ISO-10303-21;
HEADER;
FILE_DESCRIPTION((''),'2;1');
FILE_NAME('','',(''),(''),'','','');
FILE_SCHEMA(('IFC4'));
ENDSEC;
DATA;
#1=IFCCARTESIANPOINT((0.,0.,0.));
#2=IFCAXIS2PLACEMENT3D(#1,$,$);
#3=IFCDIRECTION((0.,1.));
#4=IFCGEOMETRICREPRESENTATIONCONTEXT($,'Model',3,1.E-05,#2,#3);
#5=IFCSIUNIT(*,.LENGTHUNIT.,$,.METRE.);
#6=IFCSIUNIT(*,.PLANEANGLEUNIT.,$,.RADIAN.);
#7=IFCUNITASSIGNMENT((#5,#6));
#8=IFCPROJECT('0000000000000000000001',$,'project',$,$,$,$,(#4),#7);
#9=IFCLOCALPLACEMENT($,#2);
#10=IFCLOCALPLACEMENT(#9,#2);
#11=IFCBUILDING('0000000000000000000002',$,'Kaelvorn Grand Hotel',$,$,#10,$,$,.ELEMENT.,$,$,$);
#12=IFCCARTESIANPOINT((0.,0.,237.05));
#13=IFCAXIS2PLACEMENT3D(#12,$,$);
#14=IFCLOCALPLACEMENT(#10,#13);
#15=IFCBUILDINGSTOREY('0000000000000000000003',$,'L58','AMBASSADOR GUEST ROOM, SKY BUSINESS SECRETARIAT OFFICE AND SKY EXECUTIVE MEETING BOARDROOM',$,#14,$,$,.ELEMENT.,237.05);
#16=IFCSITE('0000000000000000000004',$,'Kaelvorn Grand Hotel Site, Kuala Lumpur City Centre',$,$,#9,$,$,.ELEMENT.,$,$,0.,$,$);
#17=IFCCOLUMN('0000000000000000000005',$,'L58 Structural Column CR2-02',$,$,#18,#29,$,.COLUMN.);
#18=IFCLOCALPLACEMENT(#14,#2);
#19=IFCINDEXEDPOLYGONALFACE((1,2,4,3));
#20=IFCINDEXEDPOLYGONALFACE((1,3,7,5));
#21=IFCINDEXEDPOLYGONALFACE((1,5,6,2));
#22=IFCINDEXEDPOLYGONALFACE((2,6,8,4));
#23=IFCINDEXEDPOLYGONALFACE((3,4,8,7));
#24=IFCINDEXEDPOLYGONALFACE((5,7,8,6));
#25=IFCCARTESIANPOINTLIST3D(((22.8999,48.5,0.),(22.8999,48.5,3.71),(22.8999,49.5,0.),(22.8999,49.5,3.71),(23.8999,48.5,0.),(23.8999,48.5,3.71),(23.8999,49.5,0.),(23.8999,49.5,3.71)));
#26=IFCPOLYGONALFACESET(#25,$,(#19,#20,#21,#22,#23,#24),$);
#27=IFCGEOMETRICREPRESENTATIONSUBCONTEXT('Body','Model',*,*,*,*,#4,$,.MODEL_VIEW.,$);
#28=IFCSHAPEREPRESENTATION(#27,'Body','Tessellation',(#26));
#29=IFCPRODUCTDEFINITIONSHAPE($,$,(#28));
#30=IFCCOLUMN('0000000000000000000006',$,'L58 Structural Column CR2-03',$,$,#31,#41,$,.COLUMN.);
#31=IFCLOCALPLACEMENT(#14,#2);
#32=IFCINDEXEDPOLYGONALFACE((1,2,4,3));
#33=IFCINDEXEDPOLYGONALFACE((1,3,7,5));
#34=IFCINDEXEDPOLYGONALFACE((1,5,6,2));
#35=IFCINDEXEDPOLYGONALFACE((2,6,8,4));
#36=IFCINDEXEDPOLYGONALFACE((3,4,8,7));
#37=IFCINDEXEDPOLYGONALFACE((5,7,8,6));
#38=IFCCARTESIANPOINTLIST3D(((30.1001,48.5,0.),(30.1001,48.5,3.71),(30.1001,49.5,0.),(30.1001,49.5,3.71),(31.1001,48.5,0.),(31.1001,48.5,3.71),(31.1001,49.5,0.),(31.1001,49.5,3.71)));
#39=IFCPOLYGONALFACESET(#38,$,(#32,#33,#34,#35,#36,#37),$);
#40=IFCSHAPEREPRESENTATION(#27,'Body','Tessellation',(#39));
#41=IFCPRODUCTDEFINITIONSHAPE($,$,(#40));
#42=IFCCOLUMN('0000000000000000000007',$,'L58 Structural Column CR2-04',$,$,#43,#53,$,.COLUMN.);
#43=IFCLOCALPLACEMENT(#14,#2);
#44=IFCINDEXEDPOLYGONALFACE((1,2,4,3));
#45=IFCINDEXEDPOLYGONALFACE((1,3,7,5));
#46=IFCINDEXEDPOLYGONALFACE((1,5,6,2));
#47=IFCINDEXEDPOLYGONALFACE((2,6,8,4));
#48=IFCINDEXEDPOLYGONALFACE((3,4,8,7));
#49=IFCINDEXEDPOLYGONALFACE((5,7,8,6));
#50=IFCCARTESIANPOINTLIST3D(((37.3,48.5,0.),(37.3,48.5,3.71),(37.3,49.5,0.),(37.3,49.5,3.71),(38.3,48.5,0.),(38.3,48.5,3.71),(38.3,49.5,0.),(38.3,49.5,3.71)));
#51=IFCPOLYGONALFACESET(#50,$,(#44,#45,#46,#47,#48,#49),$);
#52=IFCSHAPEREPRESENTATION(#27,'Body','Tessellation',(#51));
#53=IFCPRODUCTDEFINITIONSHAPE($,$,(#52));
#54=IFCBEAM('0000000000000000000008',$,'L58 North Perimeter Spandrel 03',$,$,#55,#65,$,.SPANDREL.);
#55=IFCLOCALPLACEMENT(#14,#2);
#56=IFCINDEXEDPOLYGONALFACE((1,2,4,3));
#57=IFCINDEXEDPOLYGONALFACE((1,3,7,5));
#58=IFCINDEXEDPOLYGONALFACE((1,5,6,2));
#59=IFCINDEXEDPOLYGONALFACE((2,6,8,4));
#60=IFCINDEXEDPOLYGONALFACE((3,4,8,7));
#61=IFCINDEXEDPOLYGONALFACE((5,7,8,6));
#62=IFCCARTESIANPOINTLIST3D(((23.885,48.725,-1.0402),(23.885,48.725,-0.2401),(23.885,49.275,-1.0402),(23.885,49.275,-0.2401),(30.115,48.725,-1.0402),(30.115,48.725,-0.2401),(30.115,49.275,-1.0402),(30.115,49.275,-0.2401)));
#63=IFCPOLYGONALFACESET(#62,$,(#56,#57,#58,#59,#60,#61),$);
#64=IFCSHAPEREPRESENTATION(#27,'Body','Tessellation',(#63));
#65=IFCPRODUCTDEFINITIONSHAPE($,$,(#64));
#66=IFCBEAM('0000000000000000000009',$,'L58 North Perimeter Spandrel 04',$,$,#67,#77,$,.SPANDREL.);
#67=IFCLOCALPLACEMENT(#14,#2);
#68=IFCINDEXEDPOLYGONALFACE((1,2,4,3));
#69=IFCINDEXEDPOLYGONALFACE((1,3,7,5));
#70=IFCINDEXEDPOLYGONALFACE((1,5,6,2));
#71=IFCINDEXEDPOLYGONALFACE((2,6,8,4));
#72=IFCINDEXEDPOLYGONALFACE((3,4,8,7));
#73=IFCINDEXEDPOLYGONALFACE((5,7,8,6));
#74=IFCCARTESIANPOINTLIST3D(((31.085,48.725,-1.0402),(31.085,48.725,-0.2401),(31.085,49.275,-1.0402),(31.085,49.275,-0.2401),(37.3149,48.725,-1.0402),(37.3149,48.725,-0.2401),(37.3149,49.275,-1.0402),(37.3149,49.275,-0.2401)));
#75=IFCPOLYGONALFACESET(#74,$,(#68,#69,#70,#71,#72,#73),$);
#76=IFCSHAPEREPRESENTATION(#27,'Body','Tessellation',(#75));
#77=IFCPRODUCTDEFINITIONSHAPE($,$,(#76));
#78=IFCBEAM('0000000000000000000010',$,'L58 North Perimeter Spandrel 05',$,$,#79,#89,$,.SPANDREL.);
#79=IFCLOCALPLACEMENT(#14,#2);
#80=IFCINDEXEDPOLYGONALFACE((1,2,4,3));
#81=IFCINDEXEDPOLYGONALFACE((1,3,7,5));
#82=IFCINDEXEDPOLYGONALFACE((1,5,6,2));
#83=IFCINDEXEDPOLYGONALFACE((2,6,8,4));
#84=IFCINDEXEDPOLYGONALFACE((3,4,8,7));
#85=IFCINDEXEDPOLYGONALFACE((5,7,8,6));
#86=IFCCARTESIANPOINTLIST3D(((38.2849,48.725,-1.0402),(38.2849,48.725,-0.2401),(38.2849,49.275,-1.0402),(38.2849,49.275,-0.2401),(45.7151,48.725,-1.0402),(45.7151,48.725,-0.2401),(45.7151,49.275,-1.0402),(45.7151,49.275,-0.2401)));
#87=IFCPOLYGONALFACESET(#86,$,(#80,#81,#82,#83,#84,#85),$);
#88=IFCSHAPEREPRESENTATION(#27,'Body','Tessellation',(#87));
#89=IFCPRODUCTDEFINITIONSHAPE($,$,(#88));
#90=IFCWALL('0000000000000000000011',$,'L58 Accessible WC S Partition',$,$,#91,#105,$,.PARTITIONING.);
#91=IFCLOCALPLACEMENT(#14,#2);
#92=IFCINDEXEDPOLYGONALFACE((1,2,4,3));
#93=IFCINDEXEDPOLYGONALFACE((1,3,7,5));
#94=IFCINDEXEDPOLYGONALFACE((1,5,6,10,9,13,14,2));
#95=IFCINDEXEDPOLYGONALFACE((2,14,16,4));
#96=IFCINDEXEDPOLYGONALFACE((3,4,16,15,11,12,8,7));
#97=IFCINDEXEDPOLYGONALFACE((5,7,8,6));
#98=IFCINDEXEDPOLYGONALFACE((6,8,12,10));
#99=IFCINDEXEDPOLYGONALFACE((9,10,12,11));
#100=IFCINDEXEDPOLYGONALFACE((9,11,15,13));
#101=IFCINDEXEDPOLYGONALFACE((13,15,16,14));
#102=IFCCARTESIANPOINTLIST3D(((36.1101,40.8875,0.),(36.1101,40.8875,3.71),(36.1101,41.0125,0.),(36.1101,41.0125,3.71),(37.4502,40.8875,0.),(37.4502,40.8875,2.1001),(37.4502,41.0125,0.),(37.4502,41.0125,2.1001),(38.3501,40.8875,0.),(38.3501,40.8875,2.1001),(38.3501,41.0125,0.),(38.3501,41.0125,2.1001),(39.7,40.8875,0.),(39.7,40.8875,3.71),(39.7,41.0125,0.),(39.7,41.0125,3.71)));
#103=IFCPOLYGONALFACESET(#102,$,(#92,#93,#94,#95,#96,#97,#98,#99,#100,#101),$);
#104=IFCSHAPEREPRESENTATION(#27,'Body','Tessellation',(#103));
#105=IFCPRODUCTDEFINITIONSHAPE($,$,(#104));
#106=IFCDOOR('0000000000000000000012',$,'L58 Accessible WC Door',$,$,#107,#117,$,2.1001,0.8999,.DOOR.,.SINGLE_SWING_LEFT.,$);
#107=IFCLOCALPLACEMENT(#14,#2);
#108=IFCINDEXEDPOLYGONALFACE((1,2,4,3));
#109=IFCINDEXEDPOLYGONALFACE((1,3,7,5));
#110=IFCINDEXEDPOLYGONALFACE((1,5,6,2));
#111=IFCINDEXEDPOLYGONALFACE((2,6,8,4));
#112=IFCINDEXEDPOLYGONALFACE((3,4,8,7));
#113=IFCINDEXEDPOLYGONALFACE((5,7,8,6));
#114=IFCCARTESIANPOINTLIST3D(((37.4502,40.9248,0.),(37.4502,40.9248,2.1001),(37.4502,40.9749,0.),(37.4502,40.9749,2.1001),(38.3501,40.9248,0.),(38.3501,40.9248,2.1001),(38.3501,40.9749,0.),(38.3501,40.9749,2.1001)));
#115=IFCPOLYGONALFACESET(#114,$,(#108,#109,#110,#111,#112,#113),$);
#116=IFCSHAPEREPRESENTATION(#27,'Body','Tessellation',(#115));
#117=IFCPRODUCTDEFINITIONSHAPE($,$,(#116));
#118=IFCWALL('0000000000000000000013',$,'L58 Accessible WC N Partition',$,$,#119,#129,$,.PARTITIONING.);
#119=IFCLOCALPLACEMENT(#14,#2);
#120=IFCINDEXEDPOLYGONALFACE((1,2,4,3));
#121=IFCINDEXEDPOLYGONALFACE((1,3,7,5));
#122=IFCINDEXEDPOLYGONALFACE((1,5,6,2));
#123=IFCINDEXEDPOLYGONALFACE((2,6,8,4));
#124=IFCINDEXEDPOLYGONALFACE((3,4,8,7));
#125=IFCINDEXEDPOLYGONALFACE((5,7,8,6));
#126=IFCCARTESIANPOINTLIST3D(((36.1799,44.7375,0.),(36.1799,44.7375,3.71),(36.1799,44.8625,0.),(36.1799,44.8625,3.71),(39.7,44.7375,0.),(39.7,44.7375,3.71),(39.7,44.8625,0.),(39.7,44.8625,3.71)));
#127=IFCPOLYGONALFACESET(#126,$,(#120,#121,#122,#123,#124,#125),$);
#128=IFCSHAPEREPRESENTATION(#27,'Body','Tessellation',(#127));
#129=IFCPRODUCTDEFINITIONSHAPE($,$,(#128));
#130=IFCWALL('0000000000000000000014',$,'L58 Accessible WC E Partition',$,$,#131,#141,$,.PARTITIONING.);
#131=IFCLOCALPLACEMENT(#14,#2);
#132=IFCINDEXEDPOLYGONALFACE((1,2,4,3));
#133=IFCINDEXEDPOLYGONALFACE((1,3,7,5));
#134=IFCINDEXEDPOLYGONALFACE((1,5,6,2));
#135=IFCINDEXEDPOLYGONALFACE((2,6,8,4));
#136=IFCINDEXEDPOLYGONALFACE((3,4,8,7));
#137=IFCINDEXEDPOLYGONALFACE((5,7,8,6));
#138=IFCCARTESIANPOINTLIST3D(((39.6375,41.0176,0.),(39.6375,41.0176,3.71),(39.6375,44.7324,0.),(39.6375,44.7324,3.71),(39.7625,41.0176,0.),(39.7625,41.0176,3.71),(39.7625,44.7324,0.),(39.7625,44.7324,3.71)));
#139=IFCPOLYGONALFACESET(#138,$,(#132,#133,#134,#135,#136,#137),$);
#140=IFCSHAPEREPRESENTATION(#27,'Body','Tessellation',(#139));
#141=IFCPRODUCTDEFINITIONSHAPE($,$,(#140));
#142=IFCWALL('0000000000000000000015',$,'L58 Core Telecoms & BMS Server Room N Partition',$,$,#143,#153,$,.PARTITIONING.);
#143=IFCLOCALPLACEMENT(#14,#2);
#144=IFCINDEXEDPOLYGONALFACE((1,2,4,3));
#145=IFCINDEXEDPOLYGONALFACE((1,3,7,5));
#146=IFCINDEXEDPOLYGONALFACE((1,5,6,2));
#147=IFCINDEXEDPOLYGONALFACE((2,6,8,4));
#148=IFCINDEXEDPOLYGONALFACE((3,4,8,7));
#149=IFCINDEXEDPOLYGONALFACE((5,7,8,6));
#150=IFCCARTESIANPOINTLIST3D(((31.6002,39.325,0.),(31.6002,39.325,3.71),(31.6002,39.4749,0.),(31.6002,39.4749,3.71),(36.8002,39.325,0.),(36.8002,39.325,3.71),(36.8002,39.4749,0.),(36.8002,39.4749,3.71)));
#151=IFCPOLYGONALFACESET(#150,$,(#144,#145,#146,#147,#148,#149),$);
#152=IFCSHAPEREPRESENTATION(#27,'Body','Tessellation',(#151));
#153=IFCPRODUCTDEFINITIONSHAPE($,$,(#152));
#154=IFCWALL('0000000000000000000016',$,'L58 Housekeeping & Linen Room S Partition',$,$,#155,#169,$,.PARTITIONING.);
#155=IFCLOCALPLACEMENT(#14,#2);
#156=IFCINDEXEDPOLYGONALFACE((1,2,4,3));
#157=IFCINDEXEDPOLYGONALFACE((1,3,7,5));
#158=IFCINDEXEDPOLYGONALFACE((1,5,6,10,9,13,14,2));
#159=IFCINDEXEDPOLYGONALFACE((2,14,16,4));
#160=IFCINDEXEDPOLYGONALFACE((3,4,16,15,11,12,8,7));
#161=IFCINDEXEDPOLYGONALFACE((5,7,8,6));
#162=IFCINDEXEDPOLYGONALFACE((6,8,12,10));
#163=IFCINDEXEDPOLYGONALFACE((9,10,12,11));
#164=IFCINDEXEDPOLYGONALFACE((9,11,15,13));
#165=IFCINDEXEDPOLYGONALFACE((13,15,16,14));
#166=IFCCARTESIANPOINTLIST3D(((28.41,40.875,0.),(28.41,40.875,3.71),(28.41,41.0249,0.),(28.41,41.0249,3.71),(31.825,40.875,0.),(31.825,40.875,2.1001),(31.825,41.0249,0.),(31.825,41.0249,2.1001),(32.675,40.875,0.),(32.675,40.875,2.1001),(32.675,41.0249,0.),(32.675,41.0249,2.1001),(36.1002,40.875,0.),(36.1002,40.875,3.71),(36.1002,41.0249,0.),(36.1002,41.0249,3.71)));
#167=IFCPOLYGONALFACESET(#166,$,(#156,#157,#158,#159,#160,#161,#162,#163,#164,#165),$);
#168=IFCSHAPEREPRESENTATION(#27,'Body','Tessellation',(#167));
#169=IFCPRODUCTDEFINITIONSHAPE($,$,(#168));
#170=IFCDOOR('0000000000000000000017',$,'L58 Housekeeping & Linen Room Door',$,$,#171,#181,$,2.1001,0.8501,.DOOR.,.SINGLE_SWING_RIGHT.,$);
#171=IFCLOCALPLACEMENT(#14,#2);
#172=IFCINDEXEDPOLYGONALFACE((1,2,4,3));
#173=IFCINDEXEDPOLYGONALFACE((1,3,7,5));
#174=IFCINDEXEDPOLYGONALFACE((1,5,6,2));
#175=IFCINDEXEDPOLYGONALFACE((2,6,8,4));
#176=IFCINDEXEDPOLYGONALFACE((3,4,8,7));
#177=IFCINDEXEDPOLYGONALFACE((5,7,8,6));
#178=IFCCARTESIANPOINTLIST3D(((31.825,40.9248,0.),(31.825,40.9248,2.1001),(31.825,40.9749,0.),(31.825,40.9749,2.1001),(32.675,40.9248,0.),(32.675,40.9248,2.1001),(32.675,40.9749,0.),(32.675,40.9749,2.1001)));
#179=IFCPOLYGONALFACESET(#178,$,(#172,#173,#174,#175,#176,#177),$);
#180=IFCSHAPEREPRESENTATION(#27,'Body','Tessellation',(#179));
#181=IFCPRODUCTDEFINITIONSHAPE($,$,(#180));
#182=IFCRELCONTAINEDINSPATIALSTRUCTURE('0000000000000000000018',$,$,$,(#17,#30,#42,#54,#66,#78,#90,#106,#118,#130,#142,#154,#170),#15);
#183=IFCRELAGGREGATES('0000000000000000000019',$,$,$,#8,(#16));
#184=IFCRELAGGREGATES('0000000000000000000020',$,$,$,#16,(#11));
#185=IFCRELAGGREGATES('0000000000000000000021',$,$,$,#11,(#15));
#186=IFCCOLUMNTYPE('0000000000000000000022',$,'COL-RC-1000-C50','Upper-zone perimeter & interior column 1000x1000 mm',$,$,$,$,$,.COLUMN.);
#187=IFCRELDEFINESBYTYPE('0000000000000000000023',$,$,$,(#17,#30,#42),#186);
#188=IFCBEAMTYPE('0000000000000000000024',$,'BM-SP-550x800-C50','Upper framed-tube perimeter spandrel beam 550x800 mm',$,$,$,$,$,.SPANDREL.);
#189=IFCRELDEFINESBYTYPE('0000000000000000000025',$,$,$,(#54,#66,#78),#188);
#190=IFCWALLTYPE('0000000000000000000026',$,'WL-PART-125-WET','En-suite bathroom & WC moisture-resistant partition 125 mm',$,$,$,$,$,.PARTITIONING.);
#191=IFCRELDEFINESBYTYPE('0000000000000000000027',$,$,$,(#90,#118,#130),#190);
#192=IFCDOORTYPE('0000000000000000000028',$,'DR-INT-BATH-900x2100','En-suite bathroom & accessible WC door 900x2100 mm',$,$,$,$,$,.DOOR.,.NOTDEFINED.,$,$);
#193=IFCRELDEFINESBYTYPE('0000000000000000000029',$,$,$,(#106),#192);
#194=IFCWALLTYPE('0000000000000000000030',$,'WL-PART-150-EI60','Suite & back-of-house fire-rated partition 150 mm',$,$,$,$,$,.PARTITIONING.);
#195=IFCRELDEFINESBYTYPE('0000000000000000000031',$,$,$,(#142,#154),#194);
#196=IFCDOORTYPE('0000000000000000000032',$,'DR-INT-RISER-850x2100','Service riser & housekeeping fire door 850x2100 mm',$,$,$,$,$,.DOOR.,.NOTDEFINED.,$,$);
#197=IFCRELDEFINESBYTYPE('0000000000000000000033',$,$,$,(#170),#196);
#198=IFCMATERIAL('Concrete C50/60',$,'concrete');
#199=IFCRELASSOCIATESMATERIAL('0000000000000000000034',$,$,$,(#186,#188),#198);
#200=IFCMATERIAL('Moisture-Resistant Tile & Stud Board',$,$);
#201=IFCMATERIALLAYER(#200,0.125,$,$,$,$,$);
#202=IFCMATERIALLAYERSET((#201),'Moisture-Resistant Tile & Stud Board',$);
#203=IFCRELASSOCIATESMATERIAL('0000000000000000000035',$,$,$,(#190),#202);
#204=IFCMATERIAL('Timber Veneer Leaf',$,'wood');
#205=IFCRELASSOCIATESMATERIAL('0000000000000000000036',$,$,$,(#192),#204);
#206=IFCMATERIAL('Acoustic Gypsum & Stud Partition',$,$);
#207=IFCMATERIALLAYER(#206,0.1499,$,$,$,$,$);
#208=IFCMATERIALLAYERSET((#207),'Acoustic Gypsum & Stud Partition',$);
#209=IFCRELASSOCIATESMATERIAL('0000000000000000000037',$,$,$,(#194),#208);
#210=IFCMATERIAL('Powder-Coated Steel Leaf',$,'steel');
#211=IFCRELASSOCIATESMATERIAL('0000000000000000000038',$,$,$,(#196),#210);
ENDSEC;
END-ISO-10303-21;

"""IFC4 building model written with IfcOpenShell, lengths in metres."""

from ifc_helpers import new_model, si_unit, direction, frame, frame_2d, origin, origin_2d, place, context, subcontext, project, spatial, rectangle, extrude, material, layer, layer_set, material_profile, profile_set, type_object, element, fill, save


model = new_model("IFC4")

# Units and contexts
model_context = context("Model", 3, precision=1e-05, world=origin(), true_north=direction((0.0, 1.0)))
body_context = subcontext(model_context, "Body", "Model", "MODEL_VIEW")
ifc_project = project(units=[si_unit("LENGTHUNIT", "METRE"), si_unit("PLANEANGLEUNIT", "RADIAN")], contexts=[model_context])

# Site, building, storey
site_placement = place(None, origin())
site = spatial("IfcSite", under=ifc_project, at=site_placement, Name="Kaelvorn Grand Hotel Site, Kuala Lumpur City Centre", CompositionType="ELEMENT", RefElevation=0.0)
building_placement = place(site_placement, origin())
building = spatial("IfcBuilding", under=site, at=building_placement, Name="Kaelvorn Grand Hotel", CompositionType="ELEMENT")
storey_placement = place(building_placement, frame((0.0, 0.0, 237.05)))
storey = spatial("IfcBuildingStorey", under=building, at=storey_placement, Name="L58", Description="AMBASSADOR GUEST ROOM, SKY BUSINESS SECRETARIAT OFFICE AND SKY EXECUTIVE MEETING BOARDROOM", CompositionType="ELEMENT", Elevation=237.05)

# Columns
ifc_material_1 = material(Name="Concrete C50/60", Category="concrete")
ifc_material_profile_1 = material_profile(ifc_material_1, rectangle(XDim=1.0, YDim=1.0, at=origin_2d()), Name="RC COL 1000x1000")
ifc_profile_set_1 = profile_set([ifc_material_profile_1], Name="Concrete C50/60")
column_type = type_object("IfcColumnType", Name="COL-RC-1000-C50", Description="Upper-zone perimeter & interior column 1000x1000 mm", PredefinedType="COLUMN", material=ifc_profile_set_1)
for number, where, z_axis, x_axis, name in (
    (1, (23.3999, 49.0, 0.0), (0.0, 0.0, 1.0), (1.0, 0.0, 0.0), "L58 Structural Column CR2-02"),
    (2, (30.6001, 49.0, 0.0), (0.0, 0.0, 1.0), (1.0, 0.0, 0.0), "L58 Structural Column CR2-03"),
    (3, (37.8, 49.0, 0.0), (0.0, 0.0, 1.0), (1.0, 0.0, 0.0), "L58 Structural Column CR2-04"),
):
    element("IfcColumn", number, at=place(storey_placement, frame(where, z_axis=z_axis, x_axis=x_axis)), inside=storey, type_object=column_type, Name=name, PredefinedType="COLUMN", context=body_context, shape_type="SweptSolid", body=[
        extrude(rectangle(XDim=1.0, YDim=1.0, at=origin_2d()), origin(), (0.0, 0.0, 1.0), 3.71),
    ])

# Beams
ifc_material_profile_2 = material_profile(ifc_material_1, rectangle(XDim=0.55, YDim=0.8, at=origin_2d()), Name="RC SPANDREL 550x800")
ifc_profile_set_2 = profile_set([ifc_material_profile_2], Name="Concrete C50/60")
beam_type = type_object("IfcBeamType", Name="BM-SP-550x800-C50", Description="Upper framed-tube perimeter spandrel beam 550x800 mm", PredefinedType="SPANDREL", material=ifc_profile_set_2)
for number, where, z_axis, x_axis, name in (
    (4, (23.885, 49.0, -0.6401), (1.0, 0.0, 0.0), (0.0, 1.0, 0.0), "L58 North Perimeter Spandrel 03"),
    (5, (31.085, 49.0, -0.6401), (1.0, 0.0, 0.0), (0.0, 1.0, 0.0), "L58 North Perimeter Spandrel 04"),
):
    element("IfcBeam", number, at=place(storey_placement, frame(where, z_axis=z_axis, x_axis=x_axis)), inside=storey, type_object=beam_type, Name=name, PredefinedType="SPANDREL", context=body_context, shape_type="SweptSolid", body=[
        extrude(rectangle(XDim=0.55, YDim=0.8, at=origin_2d()), origin(), (0.0, 0.0, 1.0), 6.23),
    ])
beam_placement = place(storey_placement, frame((38.2849, 49.0, -0.6401), z_axis=(1.0, 0.0, 0.0), x_axis=(0.0, 1.0, 0.0)))
element("IfcBeam", 6, at=beam_placement, inside=storey, type_object=beam_type, Name="L58 North Perimeter Spandrel 05", PredefinedType="SPANDREL", context=body_context, shape_type="SweptSolid", body=[
    extrude(rectangle(XDim=0.55, YDim=0.8, at=origin_2d()), origin(), (0.0, 0.0, 1.0), 7.4302),
])

# Wall, opening, door
ifc_material_2 = material(Name="Moisture-Resistant Tile & Stud Board")
ifc_layer_1 = layer(ifc_material_2, 0.125)
ifc_layer_set_1 = layer_set([ifc_layer_1], Name="Moisture-Resistant Tile & Stud Board")
wall_type_1 = type_object("IfcWallType", Name="WL-PART-125-WET", Description="En-suite bathroom & WC moisture-resistant partition 125 mm", PredefinedType="PARTITIONING", material=ifc_layer_set_1)
wall_1_placement = place(storey_placement, frame((36.1101, 40.95, 0.0), z_axis=(0.0, 0.0, 1.0), x_axis=(1.0, 0.0, 0.0)))
wall_1 = element("IfcWall", 7, at=wall_1_placement, inside=storey, type_object=wall_type_1, Name="L58 Accessible WC S Partition", PredefinedType="PARTITIONING", context=body_context, shape_type="SweptSolid", body=[
    extrude(rectangle(XDim=3.5898, YDim=0.125, at=frame_2d((1.7949, 0.0))), origin(), (0.0, 0.0, 1.0), 3.71),
])
opening_1_placement = place(wall_1_placement, frame((1.3401, 0.0, 0.0)))
opening_1 = element("IfcOpeningElement", 8, at=opening_1_placement, cuts=wall_1, PredefinedType="OPENING", context=body_context, shape_type="SweptSolid", body=[
    extrude(rectangle(XDim=0.8999, YDim=2.1001, at=frame_2d((0.45, 1.05))), frame((0.0, 0.0725, 0.0), z_axis=(0.0, -1.0, 0.0), x_axis=(1.0, 0.0, 0.0)), (0.0, 0.0, 1.0), 0.145),
])
ifc_material_3 = material(Name="Timber Veneer Leaf", Category="wood")
door_type_1 = type_object("IfcDoorType", Name="DR-INT-BATH-900x2100", Description="En-suite bathroom & accessible WC door 900x2100 mm", OperationType="NOTDEFINED", PredefinedType="DOOR", material=ifc_material_3)
door_1_placement = place(opening_1_placement, origin())
door_1 = element("IfcDoor", 9, at=door_1_placement, inside=storey, type_object=door_type_1, Name="L58 Accessible WC Door", OperationType="SINGLE_SWING_LEFT", OverallHeight=2.1001, OverallWidth=0.8999, PredefinedType="DOOR", context=body_context, shape_type="SweptSolid", body=[
    extrude(rectangle(XDim=0.8999, YDim=2.1001, at=frame_2d((0.45, 1.05))), frame((0.0, 0.0249, 0.0), z_axis=(0.0, -1.0, 0.0), x_axis=(1.0, 0.0, 0.0)), (0.0, 0.0, 1.0), 0.05),
])
fill(opening_1, door_1)

# Walls
wall_2_placement = place(storey_placement, frame((36.1799, 44.8, 0.0), z_axis=(0.0, 0.0, 1.0), x_axis=(1.0, 0.0, 0.0)))
element("IfcWall", 10, at=wall_2_placement, inside=storey, type_object=wall_type_1, Name="L58 Accessible WC N Partition", PredefinedType="PARTITIONING", context=body_context, shape_type="SweptSolid", body=[
    extrude(rectangle(XDim=3.52, YDim=0.125, at=frame_2d((1.76, 0.0))), origin(), (0.0, 0.0, 1.0), 3.71),
])
wall_3_placement = place(storey_placement, frame((39.7, 41.0176, 0.0), z_axis=(0.0, 0.0, 1.0), x_axis=(0.0, 1.0, 0.0)))
element("IfcWall", 11, at=wall_3_placement, inside=storey, type_object=wall_type_1, Name="L58 Accessible WC E Partition", PredefinedType="PARTITIONING", context=body_context, shape_type="SweptSolid", body=[
    extrude(rectangle(XDim=3.7148, YDim=0.125, at=frame_2d((1.8574, 0.0))), origin(), (0.0, 0.0, 1.0), 3.71),
])
ifc_material_4 = material(Name="Acoustic Gypsum & Stud Partition")
ifc_layer_2 = layer(ifc_material_4, 0.1499)
ifc_layer_set_2 = layer_set([ifc_layer_2], Name="Acoustic Gypsum & Stud Partition")
wall_type_2 = type_object("IfcWallType", Name="WL-PART-150-EI60", Description="Suite & back-of-house fire-rated partition 150 mm", PredefinedType="PARTITIONING", material=ifc_layer_set_2)
wall_4_placement = place(storey_placement, frame((31.6001, 39.3999, 0.0), z_axis=(0.0, 0.0, 1.0), x_axis=(1.0, 0.0, 0.0)))
element("IfcWall", 12, at=wall_4_placement, inside=storey, type_object=wall_type_2, Name="L58 Core Telecoms & BMS Server Room N Partition", PredefinedType="PARTITIONING", context=body_context, shape_type="SweptSolid", body=[
    extrude(rectangle(XDim=5.2, YDim=0.1499, at=frame_2d((2.6001, 0.0))), origin(), (0.0, 0.0, 1.0), 3.71),
])

# Wall, opening, door
wall_5_placement = place(storey_placement, frame((28.4099, 40.95, 0.0), z_axis=(0.0, 0.0, 1.0), x_axis=(1.0, 0.0, 0.0)))
wall_5 = element("IfcWall", 13, at=wall_5_placement, inside=storey, type_object=wall_type_2, Name="L58 Housekeeping & Linen Room S Partition", PredefinedType="PARTITIONING", context=body_context, shape_type="SweptSolid", body=[
    extrude(rectangle(XDim=7.6902, YDim=0.1499, at=frame_2d((3.8452, 0.0))), origin(), (0.0, 0.0, 1.0), 3.71),
])
opening_2_placement = place(wall_5_placement, frame((3.415, 0.0, 0.0)))
opening_2 = element("IfcOpeningElement", 14, at=opening_2_placement, cuts=wall_5, PredefinedType="OPENING", context=body_context, shape_type="SweptSolid", body=[
    extrude(rectangle(XDim=0.8501, YDim=2.1001, at=frame_2d((0.425, 1.05))), frame((0.0, 0.085, 0.0), z_axis=(0.0, -1.0, 0.0), x_axis=(1.0, 0.0, 0.0)), (0.0, 0.0, 1.0), 0.1699),
])
ifc_material_5 = material(Name="Powder-Coated Steel Leaf", Category="steel")
door_type_2 = type_object("IfcDoorType", Name="DR-INT-RISER-850x2100", Description="Service riser & housekeeping fire door 850x2100 mm", OperationType="NOTDEFINED", PredefinedType="DOOR", material=ifc_material_5)
door_2_placement = place(opening_2_placement, origin())
door_2 = element("IfcDoor", 15, at=door_2_placement, inside=storey, type_object=door_type_2, Name="L58 Housekeeping & Linen Room Door", OperationType="SINGLE_SWING_RIGHT", OverallHeight=2.1001, OverallWidth=0.8501, PredefinedType="DOOR", context=body_context, shape_type="SweptSolid", body=[
    extrude(rectangle(XDim=0.8501, YDim=2.1001, at=frame_2d((0.425, 1.05))), frame((0.0, 0.0249, 0.0), z_axis=(0.0, -1.0, 0.0), x_axis=(1.0, 0.0, 0.0)), (0.0, 0.0, 1.0), 0.05),
])
fill(opening_2, door_2)

save(model, "model.ifc")
